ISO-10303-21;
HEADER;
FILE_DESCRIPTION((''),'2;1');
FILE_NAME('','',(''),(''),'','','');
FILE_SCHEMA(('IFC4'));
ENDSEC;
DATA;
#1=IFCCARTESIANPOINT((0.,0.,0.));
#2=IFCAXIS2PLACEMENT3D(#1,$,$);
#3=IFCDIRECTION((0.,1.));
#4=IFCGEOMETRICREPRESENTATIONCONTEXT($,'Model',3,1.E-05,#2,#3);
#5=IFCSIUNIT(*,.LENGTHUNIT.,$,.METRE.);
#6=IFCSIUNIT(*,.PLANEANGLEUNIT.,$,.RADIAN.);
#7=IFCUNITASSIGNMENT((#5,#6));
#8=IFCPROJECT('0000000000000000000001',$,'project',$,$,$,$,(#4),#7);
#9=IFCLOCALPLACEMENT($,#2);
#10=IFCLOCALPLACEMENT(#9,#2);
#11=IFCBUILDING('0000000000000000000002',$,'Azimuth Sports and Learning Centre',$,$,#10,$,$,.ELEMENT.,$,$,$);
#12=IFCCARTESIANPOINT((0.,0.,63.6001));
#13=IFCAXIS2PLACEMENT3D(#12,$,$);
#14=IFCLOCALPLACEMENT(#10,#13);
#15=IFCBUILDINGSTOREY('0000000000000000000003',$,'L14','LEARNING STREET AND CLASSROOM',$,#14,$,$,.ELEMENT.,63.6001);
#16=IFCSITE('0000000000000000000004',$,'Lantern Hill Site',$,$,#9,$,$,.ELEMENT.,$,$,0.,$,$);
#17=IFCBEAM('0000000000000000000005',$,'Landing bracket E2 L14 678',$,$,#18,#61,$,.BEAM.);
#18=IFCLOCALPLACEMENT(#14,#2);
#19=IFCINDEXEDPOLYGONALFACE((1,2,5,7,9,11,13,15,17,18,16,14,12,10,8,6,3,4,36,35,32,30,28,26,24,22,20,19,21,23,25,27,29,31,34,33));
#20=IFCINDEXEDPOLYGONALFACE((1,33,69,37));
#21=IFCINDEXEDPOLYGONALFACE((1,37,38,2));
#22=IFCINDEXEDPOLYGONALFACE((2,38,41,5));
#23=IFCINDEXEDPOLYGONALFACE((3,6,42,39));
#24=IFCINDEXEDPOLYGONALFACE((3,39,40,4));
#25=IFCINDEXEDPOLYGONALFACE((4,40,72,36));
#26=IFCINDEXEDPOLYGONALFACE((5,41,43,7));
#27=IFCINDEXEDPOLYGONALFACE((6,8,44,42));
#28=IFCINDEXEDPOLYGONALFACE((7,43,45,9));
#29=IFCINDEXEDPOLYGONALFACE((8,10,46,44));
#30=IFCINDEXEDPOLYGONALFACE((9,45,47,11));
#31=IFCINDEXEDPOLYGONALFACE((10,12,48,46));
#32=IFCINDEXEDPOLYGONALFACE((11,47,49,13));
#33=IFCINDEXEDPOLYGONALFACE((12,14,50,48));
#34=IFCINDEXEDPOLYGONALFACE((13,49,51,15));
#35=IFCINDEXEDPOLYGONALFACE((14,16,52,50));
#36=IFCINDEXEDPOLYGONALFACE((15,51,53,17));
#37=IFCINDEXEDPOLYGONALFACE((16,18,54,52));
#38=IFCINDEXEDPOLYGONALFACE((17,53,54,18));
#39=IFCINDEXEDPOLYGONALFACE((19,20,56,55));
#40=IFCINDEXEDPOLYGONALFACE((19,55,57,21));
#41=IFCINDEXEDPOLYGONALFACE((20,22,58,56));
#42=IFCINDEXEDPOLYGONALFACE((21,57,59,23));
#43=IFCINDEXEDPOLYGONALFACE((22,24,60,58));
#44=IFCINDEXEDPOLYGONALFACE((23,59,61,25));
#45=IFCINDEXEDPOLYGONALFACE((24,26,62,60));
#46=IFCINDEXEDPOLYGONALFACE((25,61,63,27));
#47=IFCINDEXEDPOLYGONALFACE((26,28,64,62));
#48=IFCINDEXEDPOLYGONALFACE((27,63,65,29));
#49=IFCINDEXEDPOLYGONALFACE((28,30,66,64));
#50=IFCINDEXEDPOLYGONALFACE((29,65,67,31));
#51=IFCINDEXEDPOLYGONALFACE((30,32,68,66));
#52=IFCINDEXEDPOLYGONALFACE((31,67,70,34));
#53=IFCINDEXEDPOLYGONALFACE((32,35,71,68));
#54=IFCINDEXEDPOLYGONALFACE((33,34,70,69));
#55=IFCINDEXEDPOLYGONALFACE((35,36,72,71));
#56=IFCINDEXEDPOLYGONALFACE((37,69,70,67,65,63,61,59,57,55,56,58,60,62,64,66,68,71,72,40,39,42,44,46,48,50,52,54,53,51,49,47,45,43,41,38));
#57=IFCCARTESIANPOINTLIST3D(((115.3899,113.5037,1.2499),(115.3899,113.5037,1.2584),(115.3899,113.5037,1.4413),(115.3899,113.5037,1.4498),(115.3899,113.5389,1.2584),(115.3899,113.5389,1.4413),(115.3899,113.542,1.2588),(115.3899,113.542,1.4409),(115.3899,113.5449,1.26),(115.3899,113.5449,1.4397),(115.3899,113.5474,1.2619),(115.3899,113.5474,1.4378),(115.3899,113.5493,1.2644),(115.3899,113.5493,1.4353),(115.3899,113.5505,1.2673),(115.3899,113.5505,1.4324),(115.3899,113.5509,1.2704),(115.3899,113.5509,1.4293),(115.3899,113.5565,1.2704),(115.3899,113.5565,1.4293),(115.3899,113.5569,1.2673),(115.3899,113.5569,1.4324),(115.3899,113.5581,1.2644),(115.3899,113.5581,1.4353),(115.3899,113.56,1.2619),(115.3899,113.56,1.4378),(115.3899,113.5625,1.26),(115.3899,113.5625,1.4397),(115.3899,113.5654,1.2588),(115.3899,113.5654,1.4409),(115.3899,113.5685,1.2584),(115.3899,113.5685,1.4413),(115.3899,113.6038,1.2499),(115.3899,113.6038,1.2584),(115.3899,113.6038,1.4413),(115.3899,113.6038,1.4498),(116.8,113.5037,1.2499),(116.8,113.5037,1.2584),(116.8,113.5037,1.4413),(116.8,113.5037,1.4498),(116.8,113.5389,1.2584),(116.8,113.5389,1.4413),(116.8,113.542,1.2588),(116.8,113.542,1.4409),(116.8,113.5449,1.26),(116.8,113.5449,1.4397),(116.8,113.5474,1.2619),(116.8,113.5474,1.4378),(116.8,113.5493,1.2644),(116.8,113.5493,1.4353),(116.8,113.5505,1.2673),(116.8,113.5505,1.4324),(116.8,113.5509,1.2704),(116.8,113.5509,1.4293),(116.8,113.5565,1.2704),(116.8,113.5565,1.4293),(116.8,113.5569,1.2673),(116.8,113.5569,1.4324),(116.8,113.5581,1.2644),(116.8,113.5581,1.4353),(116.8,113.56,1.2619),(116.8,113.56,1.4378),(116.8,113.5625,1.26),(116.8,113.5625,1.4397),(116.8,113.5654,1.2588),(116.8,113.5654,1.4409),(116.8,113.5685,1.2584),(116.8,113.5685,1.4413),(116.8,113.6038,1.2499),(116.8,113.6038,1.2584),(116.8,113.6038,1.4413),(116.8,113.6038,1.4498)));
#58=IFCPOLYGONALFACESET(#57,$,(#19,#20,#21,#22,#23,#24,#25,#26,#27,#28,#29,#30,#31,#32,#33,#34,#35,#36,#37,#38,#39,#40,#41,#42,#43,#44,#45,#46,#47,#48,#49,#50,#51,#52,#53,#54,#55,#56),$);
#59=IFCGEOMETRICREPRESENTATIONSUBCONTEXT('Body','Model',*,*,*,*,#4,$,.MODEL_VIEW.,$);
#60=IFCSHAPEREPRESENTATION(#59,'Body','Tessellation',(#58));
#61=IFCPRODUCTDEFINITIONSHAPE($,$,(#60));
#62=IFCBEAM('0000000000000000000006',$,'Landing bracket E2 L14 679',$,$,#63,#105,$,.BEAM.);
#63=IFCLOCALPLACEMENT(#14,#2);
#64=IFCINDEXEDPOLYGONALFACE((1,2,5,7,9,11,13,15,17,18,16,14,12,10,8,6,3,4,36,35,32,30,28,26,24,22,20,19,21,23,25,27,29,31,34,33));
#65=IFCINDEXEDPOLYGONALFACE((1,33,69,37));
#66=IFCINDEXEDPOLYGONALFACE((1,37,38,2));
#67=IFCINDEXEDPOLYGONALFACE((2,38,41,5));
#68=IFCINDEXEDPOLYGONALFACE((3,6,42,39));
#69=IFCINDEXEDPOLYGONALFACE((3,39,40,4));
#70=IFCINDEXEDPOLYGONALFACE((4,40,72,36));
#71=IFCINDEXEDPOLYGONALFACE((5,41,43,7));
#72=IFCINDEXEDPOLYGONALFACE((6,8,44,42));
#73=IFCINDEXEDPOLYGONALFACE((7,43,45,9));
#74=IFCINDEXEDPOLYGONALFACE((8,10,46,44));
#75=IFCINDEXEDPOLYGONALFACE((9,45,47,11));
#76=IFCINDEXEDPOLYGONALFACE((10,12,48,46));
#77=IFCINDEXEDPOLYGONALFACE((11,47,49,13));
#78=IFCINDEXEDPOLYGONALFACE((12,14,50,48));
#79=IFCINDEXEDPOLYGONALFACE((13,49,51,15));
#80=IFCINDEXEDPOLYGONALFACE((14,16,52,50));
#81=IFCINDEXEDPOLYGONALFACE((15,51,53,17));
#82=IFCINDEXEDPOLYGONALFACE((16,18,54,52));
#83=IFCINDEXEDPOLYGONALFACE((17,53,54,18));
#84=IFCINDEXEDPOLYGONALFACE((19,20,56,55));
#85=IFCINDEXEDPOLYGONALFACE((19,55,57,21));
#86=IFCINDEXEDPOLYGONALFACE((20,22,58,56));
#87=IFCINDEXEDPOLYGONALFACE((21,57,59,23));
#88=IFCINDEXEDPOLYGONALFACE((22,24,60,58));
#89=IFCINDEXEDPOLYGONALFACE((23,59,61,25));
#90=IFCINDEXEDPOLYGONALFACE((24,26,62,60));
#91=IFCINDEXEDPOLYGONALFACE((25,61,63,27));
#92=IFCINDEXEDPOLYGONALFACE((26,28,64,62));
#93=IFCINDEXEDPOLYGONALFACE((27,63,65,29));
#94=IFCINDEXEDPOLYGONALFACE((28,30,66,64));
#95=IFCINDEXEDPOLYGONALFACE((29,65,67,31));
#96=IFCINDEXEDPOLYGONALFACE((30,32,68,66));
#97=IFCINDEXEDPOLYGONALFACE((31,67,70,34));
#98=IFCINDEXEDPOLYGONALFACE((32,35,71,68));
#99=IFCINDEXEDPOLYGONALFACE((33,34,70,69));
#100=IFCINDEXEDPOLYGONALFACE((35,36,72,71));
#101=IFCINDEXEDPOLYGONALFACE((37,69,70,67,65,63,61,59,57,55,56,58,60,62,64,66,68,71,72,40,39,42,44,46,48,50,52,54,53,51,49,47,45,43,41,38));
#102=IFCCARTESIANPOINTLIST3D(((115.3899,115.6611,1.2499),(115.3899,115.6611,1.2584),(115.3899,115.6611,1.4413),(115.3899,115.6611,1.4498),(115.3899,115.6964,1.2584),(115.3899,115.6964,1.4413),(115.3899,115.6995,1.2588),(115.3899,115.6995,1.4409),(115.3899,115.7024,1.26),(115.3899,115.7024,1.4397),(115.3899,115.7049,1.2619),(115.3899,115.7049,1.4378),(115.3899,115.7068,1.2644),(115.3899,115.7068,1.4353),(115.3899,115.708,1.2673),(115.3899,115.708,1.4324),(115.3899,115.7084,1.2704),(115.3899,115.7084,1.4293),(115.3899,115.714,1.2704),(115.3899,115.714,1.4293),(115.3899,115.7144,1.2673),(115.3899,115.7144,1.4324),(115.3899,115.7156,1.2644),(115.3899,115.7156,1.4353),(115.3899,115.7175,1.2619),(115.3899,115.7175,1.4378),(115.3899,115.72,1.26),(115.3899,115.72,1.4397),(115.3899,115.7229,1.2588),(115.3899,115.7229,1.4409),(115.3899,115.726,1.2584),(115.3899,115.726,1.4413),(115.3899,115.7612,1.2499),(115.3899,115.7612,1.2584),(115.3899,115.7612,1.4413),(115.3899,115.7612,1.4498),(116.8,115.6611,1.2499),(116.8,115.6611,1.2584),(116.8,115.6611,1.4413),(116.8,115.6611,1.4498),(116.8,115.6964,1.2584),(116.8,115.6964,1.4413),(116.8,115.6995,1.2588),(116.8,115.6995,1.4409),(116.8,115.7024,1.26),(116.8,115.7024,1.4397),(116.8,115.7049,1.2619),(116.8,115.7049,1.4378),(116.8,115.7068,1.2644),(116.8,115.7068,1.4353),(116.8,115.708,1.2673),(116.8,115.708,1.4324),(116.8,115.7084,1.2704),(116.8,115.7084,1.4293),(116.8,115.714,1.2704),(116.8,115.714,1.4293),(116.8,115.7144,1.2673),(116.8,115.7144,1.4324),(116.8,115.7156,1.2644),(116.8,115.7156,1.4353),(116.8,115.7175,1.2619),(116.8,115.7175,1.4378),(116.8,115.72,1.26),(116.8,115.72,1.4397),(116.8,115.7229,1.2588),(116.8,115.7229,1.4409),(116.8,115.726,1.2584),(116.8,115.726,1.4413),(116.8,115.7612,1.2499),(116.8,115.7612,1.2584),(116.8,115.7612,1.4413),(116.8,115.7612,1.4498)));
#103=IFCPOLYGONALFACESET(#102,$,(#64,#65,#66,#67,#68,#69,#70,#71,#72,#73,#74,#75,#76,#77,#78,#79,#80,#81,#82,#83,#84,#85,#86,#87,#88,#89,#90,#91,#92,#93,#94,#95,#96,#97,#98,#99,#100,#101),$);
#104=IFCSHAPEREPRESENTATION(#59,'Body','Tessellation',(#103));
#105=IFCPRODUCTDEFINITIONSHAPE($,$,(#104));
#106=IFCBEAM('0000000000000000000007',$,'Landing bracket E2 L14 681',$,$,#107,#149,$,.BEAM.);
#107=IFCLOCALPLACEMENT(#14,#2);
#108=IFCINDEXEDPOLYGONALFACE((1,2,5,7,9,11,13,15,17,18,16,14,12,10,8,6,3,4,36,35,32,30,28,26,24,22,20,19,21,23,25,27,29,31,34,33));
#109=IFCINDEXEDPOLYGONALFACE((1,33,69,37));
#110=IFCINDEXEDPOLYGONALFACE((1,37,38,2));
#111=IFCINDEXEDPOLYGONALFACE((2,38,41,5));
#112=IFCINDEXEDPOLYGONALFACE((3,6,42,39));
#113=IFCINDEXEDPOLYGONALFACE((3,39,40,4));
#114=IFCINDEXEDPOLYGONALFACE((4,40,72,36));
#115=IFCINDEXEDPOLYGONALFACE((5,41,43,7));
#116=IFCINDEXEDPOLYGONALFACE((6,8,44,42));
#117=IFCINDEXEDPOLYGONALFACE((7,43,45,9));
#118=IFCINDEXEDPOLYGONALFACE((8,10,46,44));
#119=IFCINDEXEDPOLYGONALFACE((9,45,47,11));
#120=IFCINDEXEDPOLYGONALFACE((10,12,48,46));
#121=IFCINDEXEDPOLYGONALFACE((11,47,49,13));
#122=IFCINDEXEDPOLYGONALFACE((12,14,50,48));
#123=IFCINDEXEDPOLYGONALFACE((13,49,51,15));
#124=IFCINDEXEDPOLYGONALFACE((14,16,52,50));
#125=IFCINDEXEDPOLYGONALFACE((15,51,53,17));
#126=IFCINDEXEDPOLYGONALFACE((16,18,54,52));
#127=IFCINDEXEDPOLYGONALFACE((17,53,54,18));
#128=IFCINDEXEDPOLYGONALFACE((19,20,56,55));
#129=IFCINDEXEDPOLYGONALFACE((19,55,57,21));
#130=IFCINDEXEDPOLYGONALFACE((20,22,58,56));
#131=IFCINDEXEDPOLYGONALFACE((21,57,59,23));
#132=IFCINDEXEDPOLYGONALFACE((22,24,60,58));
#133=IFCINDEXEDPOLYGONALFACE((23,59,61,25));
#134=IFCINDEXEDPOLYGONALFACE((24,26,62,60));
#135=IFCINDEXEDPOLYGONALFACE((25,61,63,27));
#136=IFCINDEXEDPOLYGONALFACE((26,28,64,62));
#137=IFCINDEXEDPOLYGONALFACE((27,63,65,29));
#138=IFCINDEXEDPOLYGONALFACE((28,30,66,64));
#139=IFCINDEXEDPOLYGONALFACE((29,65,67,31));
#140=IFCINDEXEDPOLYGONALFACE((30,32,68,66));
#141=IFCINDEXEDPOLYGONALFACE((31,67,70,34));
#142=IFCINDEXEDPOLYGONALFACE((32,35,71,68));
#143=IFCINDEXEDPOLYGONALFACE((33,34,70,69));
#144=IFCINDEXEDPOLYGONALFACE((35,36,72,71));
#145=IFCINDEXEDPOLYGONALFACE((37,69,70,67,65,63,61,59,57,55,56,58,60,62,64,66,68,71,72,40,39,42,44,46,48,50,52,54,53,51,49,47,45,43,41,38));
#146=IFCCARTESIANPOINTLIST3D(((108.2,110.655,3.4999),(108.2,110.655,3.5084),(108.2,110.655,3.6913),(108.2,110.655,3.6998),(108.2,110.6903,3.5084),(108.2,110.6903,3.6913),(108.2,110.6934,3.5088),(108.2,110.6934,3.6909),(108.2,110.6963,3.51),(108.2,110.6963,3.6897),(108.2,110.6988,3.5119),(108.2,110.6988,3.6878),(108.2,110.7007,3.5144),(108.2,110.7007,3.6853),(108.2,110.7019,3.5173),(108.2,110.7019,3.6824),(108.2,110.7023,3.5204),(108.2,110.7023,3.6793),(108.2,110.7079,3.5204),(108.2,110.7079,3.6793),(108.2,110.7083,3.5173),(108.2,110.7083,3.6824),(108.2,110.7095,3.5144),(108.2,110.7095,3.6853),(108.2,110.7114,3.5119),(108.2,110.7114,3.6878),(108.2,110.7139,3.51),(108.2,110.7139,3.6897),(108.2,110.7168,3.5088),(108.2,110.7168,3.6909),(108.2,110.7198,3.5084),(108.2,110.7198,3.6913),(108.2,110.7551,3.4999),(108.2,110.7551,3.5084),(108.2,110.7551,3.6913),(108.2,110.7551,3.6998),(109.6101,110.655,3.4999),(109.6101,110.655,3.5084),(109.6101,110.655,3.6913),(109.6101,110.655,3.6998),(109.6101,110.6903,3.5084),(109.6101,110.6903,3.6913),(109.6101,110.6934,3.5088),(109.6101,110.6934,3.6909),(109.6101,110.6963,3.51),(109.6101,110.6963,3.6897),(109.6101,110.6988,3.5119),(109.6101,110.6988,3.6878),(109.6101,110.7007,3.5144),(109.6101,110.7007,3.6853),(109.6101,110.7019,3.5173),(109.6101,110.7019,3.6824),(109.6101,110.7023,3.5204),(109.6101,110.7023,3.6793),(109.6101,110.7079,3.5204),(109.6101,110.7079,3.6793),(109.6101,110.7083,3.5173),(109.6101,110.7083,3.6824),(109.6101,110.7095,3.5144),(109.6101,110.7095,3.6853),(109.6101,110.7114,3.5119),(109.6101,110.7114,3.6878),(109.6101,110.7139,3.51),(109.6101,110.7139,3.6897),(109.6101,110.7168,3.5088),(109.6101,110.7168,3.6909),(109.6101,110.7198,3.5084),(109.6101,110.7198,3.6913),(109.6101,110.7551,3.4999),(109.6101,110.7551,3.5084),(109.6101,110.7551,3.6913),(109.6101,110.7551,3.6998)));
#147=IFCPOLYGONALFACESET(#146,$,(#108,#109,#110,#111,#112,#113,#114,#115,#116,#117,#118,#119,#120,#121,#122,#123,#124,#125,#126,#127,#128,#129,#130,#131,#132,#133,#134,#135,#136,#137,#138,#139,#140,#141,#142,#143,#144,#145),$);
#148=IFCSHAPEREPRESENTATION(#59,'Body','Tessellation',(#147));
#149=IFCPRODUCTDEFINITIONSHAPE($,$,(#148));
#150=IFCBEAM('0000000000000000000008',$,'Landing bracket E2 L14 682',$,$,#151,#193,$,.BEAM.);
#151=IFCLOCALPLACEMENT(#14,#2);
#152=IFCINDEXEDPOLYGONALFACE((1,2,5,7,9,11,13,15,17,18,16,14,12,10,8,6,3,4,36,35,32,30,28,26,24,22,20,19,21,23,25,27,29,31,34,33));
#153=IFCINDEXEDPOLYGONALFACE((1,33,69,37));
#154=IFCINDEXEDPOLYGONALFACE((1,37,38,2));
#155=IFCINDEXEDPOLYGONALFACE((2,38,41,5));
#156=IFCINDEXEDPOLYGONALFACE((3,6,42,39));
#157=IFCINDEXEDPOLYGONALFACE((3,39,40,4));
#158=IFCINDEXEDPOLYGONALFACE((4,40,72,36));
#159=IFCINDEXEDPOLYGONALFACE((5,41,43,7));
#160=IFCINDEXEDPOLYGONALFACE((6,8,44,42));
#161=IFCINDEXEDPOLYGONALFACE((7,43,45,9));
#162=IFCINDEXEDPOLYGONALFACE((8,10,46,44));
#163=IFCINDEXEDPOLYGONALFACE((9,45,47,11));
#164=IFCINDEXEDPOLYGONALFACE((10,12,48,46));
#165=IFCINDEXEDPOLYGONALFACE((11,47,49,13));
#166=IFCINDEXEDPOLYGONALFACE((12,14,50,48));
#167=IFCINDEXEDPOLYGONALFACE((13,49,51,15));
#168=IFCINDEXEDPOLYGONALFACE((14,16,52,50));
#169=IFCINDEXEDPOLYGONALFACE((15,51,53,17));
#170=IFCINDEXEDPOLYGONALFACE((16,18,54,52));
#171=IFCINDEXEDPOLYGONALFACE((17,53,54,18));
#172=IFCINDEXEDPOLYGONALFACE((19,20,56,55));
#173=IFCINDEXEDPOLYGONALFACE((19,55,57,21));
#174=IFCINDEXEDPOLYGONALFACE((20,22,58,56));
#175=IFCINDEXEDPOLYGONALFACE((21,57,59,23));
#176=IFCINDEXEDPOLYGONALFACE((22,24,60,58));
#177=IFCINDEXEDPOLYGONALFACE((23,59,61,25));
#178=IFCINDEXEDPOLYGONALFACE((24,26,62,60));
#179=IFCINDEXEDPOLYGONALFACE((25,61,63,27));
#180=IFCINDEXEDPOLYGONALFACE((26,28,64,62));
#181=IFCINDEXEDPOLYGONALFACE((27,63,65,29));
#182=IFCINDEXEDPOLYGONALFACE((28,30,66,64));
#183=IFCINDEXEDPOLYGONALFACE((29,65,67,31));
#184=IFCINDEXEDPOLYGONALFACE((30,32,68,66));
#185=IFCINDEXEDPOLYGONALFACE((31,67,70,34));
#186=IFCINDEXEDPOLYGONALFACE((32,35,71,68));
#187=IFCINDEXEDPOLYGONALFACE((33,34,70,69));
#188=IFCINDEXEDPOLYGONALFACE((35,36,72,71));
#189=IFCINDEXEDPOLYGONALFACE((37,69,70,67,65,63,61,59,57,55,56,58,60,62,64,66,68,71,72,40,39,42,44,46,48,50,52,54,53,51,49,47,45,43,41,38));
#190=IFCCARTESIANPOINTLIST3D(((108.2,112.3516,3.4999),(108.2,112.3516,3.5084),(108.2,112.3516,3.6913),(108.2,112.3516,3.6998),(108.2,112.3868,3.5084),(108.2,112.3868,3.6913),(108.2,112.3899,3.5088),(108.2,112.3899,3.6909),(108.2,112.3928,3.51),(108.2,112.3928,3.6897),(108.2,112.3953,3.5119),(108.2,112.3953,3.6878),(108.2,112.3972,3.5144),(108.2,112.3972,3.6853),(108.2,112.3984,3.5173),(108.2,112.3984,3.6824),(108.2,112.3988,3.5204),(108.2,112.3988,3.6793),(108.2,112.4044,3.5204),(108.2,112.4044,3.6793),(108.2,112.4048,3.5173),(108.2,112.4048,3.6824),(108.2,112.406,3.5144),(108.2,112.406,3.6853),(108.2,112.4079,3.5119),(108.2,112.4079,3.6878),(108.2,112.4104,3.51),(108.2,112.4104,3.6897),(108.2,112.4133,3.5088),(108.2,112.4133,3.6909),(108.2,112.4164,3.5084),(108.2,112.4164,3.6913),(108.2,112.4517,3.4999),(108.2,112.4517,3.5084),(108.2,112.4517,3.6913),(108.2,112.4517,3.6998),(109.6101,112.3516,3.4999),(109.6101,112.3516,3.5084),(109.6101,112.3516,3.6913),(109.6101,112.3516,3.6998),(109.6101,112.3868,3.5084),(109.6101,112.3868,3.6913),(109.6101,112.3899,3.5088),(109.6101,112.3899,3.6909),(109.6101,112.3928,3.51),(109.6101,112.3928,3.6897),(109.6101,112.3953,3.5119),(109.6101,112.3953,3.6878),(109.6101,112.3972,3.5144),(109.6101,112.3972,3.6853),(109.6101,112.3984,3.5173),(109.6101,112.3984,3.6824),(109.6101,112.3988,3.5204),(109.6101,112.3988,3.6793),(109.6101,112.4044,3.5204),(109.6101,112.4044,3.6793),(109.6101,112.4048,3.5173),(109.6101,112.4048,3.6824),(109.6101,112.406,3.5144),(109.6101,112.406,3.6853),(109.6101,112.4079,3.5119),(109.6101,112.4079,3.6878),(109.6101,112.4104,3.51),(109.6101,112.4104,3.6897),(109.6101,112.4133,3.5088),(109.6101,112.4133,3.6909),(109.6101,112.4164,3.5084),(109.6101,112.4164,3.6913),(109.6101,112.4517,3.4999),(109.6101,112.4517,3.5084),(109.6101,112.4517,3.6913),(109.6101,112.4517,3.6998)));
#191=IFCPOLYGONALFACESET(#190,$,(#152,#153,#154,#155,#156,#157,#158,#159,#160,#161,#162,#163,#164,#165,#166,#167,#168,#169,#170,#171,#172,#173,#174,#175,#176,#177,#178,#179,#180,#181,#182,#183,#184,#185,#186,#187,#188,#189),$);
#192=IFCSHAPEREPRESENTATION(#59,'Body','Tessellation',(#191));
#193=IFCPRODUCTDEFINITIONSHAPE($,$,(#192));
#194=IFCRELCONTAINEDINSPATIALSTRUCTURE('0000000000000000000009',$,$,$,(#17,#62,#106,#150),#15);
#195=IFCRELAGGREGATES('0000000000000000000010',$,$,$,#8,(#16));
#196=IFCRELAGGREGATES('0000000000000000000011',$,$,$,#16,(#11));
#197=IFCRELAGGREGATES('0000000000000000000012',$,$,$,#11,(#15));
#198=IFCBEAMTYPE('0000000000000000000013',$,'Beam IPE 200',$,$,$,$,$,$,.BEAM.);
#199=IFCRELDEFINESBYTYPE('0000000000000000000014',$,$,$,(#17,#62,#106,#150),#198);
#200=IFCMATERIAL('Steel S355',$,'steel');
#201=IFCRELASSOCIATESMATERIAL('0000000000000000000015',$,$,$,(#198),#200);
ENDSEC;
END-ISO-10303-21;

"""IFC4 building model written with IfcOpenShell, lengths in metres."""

from ifc_helpers import new_model, si_unit, direction, frame, origin, origin_2d, place, context, subcontext, project, spatial, i_section, extrude, material, material_profile, profile_set, type_object, element, save


model = new_model("IFC4")

# Units and contexts
model_context = context("Model", 3, precision=1e-05, world=origin(), true_north=direction((0.0, 1.0)))
body_context = subcontext(model_context, "Body", "Model", "MODEL_VIEW")
ifc_project = project(units=[si_unit("LENGTHUNIT", "METRE"), si_unit("PLANEANGLEUNIT", "RADIAN")], contexts=[model_context])

# Site, building, storey
site_placement = place(None, origin())
site = spatial("IfcSite", under=ifc_project, at=site_placement, Name="Lantern Hill Site", CompositionType="ELEMENT", RefElevation=0.0)
building_placement = place(site_placement, origin())
building = spatial("IfcBuilding", under=site, at=building_placement, Name="Azimuth Sports and Learning Centre", CompositionType="ELEMENT")
storey_placement = place(building_placement, frame((0.0, 0.0, 63.6001)))
storey = spatial("IfcBuildingStorey", under=building, at=storey_placement, Name="L14", Description="LEARNING STREET AND CLASSROOM", CompositionType="ELEMENT", Elevation=63.6001)

# Beams
ifc_material_1 = material(Name="Steel S355", Category="steel")
ifc_material_profile_1 = material_profile(ifc_material_1, i_section(OverallWidth=0.1001, OverallDepth=0.2, WebThickness=0.0056, FlangeThickness=0.0085, FilletRadius=0.012, at=origin_2d()), Name="IPE 200")
ifc_profile_set_1 = profile_set([ifc_material_profile_1], Name="Steel S355")
beam_type_1 = type_object("IfcBeamType", Name="Beam IPE 200", PredefinedType="BEAM", material=ifc_profile_set_1)
for number, where, z_axis, x_axis, name in (
    (1, (116.8, 113.5537, 1.3499), (-1.0, 0.0, 0.0), (0.0, -1.0, 0.0), "Landing bracket E2 L14 678"),
    (2, (116.8, 115.7112, 1.3499), (-1.0, 0.0, 0.0), (0.0, -1.0, 0.0), "Landing bracket E2 L14 679"),
    (3, (108.2, 110.7051, 3.5999), (1.0, 0.0, 0.0), (0.0, 1.0, 0.0), "Landing bracket E2 L14 681"),
    (4, (108.2, 112.4016, 3.5999), (1.0, 0.0, 0.0), (0.0, 1.0, 0.0), "Landing bracket E2 L14 682"),
):
    element("IfcBeam", number, at=place(storey_placement, frame(where, z_axis=z_axis, x_axis=x_axis)), inside=storey, type_object=beam_type_1, Name=name, PredefinedType="BEAM", context=body_context, shape_type="SweptSolid", body=[
        extrude(i_section(OverallWidth=0.1001, OverallDepth=0.2, WebThickness=0.0056, FlangeThickness=0.0085, FilletRadius=0.012, at=origin_2d()), origin(), (0.0, 0.0, 1.0), 1.4102),
    ])

save(model, "model.ifc")
